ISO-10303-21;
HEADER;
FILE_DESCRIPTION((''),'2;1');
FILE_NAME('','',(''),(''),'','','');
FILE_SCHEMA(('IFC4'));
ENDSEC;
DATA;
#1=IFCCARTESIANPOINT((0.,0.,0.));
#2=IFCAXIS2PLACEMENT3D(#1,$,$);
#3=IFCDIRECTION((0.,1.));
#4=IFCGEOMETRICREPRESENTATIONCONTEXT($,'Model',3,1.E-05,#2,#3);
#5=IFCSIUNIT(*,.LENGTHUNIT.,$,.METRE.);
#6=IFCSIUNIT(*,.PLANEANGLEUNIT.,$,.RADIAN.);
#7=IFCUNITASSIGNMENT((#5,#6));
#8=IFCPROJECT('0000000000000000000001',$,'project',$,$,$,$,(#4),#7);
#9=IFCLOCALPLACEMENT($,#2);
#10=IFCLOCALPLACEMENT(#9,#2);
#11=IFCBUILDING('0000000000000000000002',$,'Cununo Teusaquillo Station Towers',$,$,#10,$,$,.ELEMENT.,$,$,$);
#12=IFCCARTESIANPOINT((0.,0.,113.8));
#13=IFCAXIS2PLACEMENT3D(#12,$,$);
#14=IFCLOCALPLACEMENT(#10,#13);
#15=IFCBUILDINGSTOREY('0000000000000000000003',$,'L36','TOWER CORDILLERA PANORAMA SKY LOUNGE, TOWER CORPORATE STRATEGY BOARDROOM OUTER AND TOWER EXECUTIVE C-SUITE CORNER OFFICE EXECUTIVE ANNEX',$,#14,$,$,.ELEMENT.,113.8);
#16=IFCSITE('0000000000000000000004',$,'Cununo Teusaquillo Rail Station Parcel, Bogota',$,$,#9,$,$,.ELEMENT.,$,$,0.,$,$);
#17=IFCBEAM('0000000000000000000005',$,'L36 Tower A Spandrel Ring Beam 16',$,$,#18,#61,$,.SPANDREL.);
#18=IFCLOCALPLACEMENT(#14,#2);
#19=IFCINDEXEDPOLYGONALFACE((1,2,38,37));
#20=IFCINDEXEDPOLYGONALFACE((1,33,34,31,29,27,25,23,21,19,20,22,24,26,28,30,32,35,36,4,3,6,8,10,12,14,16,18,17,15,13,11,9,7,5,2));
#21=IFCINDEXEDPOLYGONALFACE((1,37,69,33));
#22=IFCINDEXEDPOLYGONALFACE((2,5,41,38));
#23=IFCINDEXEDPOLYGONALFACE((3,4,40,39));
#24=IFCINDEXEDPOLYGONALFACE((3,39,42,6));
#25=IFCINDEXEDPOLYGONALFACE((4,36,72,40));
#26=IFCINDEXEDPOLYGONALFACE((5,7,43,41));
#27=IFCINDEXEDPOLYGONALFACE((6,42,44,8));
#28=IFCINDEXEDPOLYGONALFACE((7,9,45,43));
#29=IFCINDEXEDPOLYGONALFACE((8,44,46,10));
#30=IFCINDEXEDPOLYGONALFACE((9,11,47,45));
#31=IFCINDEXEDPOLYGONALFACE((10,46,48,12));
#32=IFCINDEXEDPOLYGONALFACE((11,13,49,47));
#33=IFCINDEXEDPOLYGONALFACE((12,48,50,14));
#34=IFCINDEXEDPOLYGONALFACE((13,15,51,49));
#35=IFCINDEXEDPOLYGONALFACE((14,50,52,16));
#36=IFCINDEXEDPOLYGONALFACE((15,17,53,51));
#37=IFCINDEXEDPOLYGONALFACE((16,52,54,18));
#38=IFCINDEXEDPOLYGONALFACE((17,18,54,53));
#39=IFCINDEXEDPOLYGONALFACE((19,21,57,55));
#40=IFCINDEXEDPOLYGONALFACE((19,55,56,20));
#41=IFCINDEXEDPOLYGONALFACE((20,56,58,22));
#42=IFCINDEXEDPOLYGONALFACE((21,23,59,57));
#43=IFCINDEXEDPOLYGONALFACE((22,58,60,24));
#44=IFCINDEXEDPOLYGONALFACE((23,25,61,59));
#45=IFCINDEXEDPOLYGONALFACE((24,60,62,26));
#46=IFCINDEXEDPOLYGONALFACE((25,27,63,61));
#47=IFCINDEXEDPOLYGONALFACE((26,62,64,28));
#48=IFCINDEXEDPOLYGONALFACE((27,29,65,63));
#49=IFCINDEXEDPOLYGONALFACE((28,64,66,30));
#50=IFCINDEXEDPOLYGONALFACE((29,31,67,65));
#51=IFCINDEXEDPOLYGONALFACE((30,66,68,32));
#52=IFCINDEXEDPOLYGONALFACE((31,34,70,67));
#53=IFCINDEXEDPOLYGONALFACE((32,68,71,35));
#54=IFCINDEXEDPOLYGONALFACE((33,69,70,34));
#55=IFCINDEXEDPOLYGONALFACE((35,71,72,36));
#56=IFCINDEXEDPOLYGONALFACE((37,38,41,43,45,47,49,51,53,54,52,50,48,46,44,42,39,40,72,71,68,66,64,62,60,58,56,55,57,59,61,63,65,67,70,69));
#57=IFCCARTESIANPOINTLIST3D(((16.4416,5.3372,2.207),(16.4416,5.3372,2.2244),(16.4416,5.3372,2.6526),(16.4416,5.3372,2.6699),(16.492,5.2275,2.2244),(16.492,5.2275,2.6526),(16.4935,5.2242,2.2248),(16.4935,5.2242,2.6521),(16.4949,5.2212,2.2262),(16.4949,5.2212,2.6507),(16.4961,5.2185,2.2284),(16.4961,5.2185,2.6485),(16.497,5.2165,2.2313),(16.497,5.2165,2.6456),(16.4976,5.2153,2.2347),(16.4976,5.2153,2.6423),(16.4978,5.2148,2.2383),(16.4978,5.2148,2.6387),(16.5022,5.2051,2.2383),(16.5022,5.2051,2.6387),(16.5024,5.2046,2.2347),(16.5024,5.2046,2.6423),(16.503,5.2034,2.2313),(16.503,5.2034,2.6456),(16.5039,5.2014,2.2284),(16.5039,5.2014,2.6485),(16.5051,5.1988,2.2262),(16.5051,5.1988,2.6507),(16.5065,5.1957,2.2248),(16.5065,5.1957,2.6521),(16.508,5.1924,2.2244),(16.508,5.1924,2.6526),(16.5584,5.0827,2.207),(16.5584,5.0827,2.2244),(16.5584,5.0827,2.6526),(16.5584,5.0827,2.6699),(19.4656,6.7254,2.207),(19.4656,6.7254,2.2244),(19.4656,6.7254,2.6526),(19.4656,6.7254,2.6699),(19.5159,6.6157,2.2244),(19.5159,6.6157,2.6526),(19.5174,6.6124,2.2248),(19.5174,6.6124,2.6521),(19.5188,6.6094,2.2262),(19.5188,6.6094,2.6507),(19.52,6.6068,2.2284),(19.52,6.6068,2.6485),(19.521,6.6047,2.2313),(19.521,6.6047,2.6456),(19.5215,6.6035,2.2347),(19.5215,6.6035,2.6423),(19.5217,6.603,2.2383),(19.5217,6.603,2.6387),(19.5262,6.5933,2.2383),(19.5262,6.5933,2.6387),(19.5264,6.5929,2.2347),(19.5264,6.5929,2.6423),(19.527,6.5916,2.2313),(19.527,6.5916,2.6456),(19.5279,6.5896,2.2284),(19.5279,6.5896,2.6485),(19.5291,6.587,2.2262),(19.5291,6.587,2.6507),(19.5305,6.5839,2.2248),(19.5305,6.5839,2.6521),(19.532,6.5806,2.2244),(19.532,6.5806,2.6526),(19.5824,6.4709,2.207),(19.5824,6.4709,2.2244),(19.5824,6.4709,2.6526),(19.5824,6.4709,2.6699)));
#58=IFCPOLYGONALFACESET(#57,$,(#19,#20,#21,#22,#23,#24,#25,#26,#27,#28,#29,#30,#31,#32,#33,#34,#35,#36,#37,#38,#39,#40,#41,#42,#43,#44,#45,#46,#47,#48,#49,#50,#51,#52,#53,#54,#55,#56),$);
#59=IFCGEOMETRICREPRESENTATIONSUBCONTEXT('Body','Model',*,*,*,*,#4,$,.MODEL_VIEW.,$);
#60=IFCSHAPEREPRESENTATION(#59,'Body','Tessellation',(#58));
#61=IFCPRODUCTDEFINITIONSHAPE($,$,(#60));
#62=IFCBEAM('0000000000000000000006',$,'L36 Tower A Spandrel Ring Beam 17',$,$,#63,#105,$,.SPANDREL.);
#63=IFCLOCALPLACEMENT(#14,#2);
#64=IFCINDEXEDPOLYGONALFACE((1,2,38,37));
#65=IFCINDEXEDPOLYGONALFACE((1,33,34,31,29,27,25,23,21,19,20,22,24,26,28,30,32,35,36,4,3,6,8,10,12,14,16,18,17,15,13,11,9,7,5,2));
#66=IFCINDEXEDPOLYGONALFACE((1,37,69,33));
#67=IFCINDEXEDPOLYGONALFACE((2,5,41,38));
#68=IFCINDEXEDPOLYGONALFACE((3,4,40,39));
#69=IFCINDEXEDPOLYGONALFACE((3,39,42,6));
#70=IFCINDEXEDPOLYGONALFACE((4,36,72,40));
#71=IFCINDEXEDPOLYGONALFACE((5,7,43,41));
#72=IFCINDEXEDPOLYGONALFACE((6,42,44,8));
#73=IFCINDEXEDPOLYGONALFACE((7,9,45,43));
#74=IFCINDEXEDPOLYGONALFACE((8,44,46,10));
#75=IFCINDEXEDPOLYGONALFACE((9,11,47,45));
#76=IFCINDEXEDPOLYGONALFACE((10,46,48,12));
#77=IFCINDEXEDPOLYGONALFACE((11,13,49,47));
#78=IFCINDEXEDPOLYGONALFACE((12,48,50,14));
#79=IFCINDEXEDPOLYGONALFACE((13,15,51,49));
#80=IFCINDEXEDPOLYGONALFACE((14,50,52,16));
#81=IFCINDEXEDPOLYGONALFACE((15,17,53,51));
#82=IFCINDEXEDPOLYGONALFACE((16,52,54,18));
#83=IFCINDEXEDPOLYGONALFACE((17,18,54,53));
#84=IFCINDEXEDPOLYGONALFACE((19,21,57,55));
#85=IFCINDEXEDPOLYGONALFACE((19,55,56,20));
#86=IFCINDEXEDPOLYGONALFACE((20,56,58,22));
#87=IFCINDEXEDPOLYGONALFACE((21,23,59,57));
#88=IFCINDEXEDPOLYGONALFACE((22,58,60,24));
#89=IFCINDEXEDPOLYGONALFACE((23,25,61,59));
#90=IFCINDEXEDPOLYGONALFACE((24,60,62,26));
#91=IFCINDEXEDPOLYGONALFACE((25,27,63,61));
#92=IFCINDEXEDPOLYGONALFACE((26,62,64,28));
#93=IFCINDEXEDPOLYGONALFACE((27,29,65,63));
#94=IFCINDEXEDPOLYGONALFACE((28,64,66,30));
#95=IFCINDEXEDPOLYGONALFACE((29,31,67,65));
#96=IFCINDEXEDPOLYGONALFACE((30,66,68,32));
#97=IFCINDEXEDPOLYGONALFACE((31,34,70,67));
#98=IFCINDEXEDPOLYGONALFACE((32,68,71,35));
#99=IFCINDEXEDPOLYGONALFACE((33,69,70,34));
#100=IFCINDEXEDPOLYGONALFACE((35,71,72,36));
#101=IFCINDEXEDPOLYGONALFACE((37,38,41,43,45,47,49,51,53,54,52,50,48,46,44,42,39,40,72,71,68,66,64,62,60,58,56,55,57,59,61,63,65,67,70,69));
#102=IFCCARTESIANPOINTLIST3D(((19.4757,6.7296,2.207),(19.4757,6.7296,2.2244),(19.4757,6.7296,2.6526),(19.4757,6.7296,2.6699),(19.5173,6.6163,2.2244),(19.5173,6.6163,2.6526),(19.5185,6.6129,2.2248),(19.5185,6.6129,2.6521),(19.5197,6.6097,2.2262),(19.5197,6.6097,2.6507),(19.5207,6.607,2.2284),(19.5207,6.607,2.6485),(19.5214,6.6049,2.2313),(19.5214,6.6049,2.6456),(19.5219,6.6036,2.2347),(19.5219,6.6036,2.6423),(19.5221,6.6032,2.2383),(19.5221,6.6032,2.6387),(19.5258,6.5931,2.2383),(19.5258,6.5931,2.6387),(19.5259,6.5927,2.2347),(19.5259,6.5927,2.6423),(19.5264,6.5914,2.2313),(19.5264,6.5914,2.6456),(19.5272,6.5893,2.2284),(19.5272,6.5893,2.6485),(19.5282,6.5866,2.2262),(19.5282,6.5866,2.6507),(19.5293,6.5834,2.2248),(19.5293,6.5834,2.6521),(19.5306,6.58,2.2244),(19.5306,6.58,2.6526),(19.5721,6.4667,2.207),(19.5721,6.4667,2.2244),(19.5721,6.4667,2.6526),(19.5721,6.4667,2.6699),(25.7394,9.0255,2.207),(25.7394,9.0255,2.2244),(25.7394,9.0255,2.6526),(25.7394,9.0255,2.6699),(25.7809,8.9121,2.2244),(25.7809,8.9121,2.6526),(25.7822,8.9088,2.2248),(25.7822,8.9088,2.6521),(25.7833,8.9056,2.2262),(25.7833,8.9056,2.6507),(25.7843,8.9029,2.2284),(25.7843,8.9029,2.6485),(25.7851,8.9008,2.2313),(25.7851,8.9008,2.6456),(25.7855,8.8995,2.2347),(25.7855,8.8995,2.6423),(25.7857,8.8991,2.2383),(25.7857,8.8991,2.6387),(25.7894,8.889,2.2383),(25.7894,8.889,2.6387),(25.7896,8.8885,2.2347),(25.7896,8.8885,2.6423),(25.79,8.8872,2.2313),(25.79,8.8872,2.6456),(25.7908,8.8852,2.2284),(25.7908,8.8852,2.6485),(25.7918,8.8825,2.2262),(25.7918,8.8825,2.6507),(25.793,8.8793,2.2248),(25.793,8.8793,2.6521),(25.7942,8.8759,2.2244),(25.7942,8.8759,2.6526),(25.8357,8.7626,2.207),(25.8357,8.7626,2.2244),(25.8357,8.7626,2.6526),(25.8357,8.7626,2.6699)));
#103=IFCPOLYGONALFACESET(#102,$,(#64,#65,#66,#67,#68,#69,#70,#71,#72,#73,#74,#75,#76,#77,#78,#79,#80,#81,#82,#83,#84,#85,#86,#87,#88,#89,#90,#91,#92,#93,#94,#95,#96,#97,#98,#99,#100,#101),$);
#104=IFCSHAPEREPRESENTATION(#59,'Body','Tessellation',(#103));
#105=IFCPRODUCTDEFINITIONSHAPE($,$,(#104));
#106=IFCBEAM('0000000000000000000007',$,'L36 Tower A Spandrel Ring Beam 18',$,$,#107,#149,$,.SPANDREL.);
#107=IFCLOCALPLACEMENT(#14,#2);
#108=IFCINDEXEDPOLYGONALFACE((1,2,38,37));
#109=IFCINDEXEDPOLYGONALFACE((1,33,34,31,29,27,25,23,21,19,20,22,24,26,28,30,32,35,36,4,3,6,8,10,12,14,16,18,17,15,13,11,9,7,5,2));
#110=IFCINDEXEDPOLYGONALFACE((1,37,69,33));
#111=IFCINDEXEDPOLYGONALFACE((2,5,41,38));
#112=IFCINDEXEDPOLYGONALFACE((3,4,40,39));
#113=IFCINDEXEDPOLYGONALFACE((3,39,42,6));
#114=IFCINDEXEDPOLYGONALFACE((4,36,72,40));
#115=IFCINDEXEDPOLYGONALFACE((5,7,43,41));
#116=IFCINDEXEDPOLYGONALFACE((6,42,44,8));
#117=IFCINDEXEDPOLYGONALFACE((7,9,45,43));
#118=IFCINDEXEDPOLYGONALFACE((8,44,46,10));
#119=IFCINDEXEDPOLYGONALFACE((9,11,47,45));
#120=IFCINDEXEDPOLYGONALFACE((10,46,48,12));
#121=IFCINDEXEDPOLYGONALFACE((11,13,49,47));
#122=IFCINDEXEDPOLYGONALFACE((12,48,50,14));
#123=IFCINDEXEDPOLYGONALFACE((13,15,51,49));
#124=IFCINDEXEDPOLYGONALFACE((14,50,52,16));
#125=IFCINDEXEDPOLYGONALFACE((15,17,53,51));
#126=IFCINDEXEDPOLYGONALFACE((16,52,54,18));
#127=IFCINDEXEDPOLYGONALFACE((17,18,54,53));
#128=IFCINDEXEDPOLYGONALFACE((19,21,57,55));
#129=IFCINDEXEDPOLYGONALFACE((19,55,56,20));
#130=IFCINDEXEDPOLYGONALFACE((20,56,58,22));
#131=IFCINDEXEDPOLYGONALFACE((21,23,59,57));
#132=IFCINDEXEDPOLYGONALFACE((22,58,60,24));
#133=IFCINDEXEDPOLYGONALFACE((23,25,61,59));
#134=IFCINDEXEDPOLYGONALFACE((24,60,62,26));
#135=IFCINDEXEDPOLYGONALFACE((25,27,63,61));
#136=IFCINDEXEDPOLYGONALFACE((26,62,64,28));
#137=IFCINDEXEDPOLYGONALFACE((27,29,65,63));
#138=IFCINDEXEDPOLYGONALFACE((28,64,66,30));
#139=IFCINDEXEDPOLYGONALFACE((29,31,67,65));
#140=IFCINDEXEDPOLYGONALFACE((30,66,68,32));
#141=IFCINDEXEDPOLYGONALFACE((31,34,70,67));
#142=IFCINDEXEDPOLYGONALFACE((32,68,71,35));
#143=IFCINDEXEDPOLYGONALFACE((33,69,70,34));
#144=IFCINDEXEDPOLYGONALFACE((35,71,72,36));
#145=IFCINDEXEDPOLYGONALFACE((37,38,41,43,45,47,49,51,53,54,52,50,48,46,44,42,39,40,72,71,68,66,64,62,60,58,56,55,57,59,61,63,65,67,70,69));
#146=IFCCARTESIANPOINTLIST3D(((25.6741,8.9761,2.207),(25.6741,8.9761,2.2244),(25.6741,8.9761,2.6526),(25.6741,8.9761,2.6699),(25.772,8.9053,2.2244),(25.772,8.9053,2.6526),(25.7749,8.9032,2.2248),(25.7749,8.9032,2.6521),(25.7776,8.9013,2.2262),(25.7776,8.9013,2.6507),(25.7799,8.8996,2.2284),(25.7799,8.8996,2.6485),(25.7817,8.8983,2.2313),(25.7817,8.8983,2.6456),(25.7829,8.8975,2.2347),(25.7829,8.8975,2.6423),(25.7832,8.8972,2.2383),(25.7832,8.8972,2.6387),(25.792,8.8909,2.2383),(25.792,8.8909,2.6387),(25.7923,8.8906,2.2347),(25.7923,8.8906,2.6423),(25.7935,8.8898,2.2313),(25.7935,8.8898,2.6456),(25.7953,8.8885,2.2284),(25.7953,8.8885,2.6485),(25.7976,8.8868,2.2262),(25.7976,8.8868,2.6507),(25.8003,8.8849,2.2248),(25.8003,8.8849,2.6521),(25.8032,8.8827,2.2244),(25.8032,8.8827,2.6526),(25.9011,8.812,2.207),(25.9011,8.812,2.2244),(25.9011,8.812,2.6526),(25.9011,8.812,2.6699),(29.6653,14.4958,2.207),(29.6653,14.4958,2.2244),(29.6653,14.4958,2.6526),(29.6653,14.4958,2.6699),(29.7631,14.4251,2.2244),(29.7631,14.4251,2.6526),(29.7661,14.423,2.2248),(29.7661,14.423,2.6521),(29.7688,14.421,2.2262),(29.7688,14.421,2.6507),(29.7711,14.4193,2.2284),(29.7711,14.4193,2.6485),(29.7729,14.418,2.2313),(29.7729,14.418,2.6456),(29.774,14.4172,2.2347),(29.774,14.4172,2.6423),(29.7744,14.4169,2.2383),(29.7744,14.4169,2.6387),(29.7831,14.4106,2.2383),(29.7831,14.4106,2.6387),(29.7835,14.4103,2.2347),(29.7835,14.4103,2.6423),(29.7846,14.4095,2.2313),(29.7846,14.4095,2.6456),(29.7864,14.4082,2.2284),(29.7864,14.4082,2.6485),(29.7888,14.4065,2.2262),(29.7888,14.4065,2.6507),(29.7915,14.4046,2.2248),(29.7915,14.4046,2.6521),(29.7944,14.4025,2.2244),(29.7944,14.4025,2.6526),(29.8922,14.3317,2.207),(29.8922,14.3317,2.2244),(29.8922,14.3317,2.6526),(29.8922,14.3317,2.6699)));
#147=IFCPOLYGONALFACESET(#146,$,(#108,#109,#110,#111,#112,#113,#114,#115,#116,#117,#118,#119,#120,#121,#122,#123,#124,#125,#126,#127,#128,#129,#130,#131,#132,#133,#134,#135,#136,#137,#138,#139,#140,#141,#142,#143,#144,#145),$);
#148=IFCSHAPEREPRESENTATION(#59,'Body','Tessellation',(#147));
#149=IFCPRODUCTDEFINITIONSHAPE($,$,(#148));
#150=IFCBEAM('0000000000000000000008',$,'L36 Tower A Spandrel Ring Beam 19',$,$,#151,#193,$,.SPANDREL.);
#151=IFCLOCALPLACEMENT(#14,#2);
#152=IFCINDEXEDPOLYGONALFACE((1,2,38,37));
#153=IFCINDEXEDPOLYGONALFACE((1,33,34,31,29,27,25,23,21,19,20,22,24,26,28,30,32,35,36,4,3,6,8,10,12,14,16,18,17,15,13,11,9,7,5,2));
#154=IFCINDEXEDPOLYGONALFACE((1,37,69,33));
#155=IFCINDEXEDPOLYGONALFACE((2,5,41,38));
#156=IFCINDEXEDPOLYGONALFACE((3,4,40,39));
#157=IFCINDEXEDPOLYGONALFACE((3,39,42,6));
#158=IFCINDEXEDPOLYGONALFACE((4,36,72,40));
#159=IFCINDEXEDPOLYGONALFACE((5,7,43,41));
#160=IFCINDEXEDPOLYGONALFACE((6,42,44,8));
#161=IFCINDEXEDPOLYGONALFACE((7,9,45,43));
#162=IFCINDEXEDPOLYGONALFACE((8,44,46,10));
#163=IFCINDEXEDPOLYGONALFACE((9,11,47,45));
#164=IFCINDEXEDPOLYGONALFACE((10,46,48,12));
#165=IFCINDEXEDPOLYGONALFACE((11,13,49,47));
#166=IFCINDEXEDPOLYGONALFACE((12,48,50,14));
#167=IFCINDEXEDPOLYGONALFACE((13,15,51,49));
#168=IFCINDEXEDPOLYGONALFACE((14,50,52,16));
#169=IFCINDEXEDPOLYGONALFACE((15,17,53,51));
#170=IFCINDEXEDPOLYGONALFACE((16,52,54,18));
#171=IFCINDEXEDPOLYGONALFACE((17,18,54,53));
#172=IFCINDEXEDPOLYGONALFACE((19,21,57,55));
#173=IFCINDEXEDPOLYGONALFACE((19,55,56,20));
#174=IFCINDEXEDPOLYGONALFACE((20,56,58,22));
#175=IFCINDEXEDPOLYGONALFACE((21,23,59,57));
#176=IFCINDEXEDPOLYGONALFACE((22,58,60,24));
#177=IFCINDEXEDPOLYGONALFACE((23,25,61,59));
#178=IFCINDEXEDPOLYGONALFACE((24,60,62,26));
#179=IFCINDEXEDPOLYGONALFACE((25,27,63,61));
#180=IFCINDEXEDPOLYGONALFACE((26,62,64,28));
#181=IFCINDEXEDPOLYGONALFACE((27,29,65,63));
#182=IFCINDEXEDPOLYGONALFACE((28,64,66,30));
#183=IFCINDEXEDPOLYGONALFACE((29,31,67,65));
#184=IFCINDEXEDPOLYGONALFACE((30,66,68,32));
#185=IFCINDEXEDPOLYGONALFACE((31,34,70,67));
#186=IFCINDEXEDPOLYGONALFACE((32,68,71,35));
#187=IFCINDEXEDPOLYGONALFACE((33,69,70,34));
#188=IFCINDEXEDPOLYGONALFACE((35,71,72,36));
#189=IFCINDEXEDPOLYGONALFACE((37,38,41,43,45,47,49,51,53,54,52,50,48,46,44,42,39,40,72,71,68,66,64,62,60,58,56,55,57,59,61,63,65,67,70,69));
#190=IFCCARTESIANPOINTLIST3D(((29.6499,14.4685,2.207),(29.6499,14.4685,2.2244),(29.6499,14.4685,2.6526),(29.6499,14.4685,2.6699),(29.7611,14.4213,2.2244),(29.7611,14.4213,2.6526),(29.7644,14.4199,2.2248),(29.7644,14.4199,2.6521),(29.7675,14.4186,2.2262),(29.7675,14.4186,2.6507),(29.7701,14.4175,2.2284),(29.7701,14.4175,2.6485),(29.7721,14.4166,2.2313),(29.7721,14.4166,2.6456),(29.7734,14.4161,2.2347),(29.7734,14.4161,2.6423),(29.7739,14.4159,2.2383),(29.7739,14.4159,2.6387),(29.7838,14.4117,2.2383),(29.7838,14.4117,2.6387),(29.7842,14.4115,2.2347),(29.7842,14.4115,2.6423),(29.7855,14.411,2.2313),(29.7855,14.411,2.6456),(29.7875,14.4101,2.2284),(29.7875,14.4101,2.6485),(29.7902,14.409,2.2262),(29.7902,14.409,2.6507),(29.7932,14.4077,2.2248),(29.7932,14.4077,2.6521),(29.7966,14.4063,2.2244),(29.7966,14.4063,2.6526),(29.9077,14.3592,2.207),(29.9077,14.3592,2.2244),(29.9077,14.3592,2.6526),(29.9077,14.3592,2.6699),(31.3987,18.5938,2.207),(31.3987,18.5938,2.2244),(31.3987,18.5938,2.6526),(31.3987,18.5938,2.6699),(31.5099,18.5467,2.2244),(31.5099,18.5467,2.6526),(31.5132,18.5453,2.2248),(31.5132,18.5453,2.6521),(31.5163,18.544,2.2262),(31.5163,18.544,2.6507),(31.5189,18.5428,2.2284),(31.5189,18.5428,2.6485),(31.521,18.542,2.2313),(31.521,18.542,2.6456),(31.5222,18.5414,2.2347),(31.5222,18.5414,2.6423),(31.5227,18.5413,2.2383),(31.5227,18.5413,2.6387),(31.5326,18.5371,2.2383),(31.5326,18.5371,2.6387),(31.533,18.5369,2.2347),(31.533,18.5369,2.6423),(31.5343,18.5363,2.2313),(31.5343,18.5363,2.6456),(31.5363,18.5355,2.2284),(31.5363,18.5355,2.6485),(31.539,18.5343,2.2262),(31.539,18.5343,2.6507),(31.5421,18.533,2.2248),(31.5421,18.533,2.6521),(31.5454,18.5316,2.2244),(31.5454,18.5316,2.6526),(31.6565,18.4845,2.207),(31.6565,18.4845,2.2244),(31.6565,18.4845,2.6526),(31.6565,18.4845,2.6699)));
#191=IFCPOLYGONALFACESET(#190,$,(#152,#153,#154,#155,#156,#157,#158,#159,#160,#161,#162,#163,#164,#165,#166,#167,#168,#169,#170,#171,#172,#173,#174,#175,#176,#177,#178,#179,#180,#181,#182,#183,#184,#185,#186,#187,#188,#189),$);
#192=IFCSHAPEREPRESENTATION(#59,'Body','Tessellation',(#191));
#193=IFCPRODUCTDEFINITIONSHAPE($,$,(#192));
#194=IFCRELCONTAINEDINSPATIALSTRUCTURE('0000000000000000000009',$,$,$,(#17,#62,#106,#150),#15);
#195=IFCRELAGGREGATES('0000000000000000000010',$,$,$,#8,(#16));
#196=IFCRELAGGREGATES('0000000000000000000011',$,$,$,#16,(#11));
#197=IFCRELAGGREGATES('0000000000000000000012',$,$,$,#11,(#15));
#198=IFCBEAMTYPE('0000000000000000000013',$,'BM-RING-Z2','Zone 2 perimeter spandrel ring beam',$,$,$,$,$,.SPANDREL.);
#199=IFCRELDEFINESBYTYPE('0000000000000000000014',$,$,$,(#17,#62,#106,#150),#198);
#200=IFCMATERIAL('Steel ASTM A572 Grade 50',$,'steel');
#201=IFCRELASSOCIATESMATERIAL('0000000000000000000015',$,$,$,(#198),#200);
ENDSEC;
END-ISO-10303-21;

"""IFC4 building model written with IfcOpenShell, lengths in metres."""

from ifc_helpers import new_model, si_unit, direction, frame, origin, origin_2d, place, context, subcontext, project, spatial, i_section, extrude, material, material_profile, profile_set, type_object, element, save


model = new_model("IFC4")

# Units and contexts
model_context = context("Model", 3, precision=1e-05, world=origin(), true_north=direction((0.0, 1.0)))
body_context = subcontext(model_context, "Body", "Model", "MODEL_VIEW")
ifc_project = project(units=[si_unit("LENGTHUNIT", "METRE"), si_unit("PLANEANGLEUNIT", "RADIAN")], contexts=[model_context])

# Site, building, storey
site_placement = place(None, origin())
site = spatial("IfcSite", under=ifc_project, at=site_placement, Name="Cununo Teusaquillo Rail Station Parcel, Bogota", CompositionType="ELEMENT", RefElevation=0.0)
building_placement = place(site_placement, origin())
building = spatial("IfcBuilding", under=site, at=building_placement, Name="Cununo Teusaquillo Station Towers", CompositionType="ELEMENT")
storey_placement = place(building_placement, frame((0.0, 0.0, 113.8)))
storey = spatial("IfcBuildingStorey", under=building, at=storey_placement, Name="L36", Description="TOWER CORDILLERA PANORAMA SKY LOUNGE, TOWER CORPORATE STRATEGY BOARDROOM OUTER AND TOWER EXECUTIVE C-SUITE CORNER OFFICE EXECUTIVE ANNEX", CompositionType="ELEMENT", Elevation=113.8)

# Beams
ifc_material_1 = material(Name="Steel ASTM A572 Grade 50", Category="steel")
ifc_material_profile_1 = material_profile(ifc_material_1, i_section(OverallWidth=0.28, OverallDepth=0.4629, WebThickness=0.0107, FlangeThickness=0.0173, FilletRadius=0.0139, at=origin_2d()), Name="W18X76")
ifc_profile_set_1 = profile_set([ifc_material_profile_1], Name="Steel ASTM A572 Grade 50")
beam_type_1 = type_object("IfcBeamType", Name="BM-RING-Z2", Description="Zone 2 perimeter spandrel ring beam", PredefinedType="SPANDREL", material=ifc_profile_set_1)
beam_1_placement = place(storey_placement, frame((16.5, 5.21, 2.4385), z_axis=(0.908812, 0.417205, 0.0), x_axis=(-0.417205, 0.908812, 0.0)))
element("IfcBeam", 1, at=beam_1_placement, inside=storey, type_object=beam_type_1, Name="L36 Tower A Spandrel Ring Beam 16", PredefinedType="SPANDREL", context=body_context, shape_type="SweptSolid", body=[
    extrude(i_section(OverallWidth=0.28, OverallDepth=0.4629, WebThickness=0.0107, FlangeThickness=0.0173, FilletRadius=0.0139, at=origin_2d()), origin(), (0.0, 0.0, 1.0), 3.3274),
])
beam_2_placement = place(storey_placement, frame((19.5239, 6.5981, 2.4385), z_axis=(0.938914, 0.344151, 0.0), x_axis=(-0.344151, 0.938914, 0.0)))
element("IfcBeam", 2, at=beam_2_placement, inside=storey, type_object=beam_type_1, Name="L36 Tower A Spandrel Ring Beam 17", PredefinedType="SPANDREL", context=body_context, shape_type="SweptSolid", body=[
    extrude(i_section(OverallWidth=0.28, OverallDepth=0.4629, WebThickness=0.0107, FlangeThickness=0.0173, FilletRadius=0.0139, at=origin_2d()), origin(), (0.0, 0.0, 1.0), 6.6711),
])
beam_3_placement = place(storey_placement, frame((25.7876, 8.894, 2.4385), z_axis=(0.585945, 0.810351, 0.0), x_axis=(-0.810351, 0.585945, 0.0)))
element("IfcBeam", 3, at=beam_3_placement, inside=storey, type_object=beam_type_1, Name="L36 Tower A Spandrel Ring Beam 18", PredefinedType="SPANDREL", context=body_context, shape_type="SweptSolid", body=[
    extrude(i_section(OverallWidth=0.28, OverallDepth=0.4629, WebThickness=0.0107, FlangeThickness=0.0173, FilletRadius=0.0139, at=origin_2d()), origin(), (0.0, 0.0, 1.0), 6.8115),
])
beam_4_placement = place(storey_placement, frame((29.7788, 14.4138, 2.4385), z_axis=(0.390299, 0.920688, 0.0), x_axis=(-0.920688, 0.390299, 0.0)))
element("IfcBeam", 4, at=beam_4_placement, inside=storey, type_object=beam_type_1, Name="L36 Tower A Spandrel Ring Beam 19", PredefinedType="SPANDREL", context=body_context, shape_type="SweptSolid", body=[
    extrude(i_section(OverallWidth=0.28, OverallDepth=0.4629, WebThickness=0.0107, FlangeThickness=0.0173, FilletRadius=0.0139, at=origin_2d()), origin(), (0.0, 0.0, 1.0), 4.4807),
])

save(model, "model.ifc")
